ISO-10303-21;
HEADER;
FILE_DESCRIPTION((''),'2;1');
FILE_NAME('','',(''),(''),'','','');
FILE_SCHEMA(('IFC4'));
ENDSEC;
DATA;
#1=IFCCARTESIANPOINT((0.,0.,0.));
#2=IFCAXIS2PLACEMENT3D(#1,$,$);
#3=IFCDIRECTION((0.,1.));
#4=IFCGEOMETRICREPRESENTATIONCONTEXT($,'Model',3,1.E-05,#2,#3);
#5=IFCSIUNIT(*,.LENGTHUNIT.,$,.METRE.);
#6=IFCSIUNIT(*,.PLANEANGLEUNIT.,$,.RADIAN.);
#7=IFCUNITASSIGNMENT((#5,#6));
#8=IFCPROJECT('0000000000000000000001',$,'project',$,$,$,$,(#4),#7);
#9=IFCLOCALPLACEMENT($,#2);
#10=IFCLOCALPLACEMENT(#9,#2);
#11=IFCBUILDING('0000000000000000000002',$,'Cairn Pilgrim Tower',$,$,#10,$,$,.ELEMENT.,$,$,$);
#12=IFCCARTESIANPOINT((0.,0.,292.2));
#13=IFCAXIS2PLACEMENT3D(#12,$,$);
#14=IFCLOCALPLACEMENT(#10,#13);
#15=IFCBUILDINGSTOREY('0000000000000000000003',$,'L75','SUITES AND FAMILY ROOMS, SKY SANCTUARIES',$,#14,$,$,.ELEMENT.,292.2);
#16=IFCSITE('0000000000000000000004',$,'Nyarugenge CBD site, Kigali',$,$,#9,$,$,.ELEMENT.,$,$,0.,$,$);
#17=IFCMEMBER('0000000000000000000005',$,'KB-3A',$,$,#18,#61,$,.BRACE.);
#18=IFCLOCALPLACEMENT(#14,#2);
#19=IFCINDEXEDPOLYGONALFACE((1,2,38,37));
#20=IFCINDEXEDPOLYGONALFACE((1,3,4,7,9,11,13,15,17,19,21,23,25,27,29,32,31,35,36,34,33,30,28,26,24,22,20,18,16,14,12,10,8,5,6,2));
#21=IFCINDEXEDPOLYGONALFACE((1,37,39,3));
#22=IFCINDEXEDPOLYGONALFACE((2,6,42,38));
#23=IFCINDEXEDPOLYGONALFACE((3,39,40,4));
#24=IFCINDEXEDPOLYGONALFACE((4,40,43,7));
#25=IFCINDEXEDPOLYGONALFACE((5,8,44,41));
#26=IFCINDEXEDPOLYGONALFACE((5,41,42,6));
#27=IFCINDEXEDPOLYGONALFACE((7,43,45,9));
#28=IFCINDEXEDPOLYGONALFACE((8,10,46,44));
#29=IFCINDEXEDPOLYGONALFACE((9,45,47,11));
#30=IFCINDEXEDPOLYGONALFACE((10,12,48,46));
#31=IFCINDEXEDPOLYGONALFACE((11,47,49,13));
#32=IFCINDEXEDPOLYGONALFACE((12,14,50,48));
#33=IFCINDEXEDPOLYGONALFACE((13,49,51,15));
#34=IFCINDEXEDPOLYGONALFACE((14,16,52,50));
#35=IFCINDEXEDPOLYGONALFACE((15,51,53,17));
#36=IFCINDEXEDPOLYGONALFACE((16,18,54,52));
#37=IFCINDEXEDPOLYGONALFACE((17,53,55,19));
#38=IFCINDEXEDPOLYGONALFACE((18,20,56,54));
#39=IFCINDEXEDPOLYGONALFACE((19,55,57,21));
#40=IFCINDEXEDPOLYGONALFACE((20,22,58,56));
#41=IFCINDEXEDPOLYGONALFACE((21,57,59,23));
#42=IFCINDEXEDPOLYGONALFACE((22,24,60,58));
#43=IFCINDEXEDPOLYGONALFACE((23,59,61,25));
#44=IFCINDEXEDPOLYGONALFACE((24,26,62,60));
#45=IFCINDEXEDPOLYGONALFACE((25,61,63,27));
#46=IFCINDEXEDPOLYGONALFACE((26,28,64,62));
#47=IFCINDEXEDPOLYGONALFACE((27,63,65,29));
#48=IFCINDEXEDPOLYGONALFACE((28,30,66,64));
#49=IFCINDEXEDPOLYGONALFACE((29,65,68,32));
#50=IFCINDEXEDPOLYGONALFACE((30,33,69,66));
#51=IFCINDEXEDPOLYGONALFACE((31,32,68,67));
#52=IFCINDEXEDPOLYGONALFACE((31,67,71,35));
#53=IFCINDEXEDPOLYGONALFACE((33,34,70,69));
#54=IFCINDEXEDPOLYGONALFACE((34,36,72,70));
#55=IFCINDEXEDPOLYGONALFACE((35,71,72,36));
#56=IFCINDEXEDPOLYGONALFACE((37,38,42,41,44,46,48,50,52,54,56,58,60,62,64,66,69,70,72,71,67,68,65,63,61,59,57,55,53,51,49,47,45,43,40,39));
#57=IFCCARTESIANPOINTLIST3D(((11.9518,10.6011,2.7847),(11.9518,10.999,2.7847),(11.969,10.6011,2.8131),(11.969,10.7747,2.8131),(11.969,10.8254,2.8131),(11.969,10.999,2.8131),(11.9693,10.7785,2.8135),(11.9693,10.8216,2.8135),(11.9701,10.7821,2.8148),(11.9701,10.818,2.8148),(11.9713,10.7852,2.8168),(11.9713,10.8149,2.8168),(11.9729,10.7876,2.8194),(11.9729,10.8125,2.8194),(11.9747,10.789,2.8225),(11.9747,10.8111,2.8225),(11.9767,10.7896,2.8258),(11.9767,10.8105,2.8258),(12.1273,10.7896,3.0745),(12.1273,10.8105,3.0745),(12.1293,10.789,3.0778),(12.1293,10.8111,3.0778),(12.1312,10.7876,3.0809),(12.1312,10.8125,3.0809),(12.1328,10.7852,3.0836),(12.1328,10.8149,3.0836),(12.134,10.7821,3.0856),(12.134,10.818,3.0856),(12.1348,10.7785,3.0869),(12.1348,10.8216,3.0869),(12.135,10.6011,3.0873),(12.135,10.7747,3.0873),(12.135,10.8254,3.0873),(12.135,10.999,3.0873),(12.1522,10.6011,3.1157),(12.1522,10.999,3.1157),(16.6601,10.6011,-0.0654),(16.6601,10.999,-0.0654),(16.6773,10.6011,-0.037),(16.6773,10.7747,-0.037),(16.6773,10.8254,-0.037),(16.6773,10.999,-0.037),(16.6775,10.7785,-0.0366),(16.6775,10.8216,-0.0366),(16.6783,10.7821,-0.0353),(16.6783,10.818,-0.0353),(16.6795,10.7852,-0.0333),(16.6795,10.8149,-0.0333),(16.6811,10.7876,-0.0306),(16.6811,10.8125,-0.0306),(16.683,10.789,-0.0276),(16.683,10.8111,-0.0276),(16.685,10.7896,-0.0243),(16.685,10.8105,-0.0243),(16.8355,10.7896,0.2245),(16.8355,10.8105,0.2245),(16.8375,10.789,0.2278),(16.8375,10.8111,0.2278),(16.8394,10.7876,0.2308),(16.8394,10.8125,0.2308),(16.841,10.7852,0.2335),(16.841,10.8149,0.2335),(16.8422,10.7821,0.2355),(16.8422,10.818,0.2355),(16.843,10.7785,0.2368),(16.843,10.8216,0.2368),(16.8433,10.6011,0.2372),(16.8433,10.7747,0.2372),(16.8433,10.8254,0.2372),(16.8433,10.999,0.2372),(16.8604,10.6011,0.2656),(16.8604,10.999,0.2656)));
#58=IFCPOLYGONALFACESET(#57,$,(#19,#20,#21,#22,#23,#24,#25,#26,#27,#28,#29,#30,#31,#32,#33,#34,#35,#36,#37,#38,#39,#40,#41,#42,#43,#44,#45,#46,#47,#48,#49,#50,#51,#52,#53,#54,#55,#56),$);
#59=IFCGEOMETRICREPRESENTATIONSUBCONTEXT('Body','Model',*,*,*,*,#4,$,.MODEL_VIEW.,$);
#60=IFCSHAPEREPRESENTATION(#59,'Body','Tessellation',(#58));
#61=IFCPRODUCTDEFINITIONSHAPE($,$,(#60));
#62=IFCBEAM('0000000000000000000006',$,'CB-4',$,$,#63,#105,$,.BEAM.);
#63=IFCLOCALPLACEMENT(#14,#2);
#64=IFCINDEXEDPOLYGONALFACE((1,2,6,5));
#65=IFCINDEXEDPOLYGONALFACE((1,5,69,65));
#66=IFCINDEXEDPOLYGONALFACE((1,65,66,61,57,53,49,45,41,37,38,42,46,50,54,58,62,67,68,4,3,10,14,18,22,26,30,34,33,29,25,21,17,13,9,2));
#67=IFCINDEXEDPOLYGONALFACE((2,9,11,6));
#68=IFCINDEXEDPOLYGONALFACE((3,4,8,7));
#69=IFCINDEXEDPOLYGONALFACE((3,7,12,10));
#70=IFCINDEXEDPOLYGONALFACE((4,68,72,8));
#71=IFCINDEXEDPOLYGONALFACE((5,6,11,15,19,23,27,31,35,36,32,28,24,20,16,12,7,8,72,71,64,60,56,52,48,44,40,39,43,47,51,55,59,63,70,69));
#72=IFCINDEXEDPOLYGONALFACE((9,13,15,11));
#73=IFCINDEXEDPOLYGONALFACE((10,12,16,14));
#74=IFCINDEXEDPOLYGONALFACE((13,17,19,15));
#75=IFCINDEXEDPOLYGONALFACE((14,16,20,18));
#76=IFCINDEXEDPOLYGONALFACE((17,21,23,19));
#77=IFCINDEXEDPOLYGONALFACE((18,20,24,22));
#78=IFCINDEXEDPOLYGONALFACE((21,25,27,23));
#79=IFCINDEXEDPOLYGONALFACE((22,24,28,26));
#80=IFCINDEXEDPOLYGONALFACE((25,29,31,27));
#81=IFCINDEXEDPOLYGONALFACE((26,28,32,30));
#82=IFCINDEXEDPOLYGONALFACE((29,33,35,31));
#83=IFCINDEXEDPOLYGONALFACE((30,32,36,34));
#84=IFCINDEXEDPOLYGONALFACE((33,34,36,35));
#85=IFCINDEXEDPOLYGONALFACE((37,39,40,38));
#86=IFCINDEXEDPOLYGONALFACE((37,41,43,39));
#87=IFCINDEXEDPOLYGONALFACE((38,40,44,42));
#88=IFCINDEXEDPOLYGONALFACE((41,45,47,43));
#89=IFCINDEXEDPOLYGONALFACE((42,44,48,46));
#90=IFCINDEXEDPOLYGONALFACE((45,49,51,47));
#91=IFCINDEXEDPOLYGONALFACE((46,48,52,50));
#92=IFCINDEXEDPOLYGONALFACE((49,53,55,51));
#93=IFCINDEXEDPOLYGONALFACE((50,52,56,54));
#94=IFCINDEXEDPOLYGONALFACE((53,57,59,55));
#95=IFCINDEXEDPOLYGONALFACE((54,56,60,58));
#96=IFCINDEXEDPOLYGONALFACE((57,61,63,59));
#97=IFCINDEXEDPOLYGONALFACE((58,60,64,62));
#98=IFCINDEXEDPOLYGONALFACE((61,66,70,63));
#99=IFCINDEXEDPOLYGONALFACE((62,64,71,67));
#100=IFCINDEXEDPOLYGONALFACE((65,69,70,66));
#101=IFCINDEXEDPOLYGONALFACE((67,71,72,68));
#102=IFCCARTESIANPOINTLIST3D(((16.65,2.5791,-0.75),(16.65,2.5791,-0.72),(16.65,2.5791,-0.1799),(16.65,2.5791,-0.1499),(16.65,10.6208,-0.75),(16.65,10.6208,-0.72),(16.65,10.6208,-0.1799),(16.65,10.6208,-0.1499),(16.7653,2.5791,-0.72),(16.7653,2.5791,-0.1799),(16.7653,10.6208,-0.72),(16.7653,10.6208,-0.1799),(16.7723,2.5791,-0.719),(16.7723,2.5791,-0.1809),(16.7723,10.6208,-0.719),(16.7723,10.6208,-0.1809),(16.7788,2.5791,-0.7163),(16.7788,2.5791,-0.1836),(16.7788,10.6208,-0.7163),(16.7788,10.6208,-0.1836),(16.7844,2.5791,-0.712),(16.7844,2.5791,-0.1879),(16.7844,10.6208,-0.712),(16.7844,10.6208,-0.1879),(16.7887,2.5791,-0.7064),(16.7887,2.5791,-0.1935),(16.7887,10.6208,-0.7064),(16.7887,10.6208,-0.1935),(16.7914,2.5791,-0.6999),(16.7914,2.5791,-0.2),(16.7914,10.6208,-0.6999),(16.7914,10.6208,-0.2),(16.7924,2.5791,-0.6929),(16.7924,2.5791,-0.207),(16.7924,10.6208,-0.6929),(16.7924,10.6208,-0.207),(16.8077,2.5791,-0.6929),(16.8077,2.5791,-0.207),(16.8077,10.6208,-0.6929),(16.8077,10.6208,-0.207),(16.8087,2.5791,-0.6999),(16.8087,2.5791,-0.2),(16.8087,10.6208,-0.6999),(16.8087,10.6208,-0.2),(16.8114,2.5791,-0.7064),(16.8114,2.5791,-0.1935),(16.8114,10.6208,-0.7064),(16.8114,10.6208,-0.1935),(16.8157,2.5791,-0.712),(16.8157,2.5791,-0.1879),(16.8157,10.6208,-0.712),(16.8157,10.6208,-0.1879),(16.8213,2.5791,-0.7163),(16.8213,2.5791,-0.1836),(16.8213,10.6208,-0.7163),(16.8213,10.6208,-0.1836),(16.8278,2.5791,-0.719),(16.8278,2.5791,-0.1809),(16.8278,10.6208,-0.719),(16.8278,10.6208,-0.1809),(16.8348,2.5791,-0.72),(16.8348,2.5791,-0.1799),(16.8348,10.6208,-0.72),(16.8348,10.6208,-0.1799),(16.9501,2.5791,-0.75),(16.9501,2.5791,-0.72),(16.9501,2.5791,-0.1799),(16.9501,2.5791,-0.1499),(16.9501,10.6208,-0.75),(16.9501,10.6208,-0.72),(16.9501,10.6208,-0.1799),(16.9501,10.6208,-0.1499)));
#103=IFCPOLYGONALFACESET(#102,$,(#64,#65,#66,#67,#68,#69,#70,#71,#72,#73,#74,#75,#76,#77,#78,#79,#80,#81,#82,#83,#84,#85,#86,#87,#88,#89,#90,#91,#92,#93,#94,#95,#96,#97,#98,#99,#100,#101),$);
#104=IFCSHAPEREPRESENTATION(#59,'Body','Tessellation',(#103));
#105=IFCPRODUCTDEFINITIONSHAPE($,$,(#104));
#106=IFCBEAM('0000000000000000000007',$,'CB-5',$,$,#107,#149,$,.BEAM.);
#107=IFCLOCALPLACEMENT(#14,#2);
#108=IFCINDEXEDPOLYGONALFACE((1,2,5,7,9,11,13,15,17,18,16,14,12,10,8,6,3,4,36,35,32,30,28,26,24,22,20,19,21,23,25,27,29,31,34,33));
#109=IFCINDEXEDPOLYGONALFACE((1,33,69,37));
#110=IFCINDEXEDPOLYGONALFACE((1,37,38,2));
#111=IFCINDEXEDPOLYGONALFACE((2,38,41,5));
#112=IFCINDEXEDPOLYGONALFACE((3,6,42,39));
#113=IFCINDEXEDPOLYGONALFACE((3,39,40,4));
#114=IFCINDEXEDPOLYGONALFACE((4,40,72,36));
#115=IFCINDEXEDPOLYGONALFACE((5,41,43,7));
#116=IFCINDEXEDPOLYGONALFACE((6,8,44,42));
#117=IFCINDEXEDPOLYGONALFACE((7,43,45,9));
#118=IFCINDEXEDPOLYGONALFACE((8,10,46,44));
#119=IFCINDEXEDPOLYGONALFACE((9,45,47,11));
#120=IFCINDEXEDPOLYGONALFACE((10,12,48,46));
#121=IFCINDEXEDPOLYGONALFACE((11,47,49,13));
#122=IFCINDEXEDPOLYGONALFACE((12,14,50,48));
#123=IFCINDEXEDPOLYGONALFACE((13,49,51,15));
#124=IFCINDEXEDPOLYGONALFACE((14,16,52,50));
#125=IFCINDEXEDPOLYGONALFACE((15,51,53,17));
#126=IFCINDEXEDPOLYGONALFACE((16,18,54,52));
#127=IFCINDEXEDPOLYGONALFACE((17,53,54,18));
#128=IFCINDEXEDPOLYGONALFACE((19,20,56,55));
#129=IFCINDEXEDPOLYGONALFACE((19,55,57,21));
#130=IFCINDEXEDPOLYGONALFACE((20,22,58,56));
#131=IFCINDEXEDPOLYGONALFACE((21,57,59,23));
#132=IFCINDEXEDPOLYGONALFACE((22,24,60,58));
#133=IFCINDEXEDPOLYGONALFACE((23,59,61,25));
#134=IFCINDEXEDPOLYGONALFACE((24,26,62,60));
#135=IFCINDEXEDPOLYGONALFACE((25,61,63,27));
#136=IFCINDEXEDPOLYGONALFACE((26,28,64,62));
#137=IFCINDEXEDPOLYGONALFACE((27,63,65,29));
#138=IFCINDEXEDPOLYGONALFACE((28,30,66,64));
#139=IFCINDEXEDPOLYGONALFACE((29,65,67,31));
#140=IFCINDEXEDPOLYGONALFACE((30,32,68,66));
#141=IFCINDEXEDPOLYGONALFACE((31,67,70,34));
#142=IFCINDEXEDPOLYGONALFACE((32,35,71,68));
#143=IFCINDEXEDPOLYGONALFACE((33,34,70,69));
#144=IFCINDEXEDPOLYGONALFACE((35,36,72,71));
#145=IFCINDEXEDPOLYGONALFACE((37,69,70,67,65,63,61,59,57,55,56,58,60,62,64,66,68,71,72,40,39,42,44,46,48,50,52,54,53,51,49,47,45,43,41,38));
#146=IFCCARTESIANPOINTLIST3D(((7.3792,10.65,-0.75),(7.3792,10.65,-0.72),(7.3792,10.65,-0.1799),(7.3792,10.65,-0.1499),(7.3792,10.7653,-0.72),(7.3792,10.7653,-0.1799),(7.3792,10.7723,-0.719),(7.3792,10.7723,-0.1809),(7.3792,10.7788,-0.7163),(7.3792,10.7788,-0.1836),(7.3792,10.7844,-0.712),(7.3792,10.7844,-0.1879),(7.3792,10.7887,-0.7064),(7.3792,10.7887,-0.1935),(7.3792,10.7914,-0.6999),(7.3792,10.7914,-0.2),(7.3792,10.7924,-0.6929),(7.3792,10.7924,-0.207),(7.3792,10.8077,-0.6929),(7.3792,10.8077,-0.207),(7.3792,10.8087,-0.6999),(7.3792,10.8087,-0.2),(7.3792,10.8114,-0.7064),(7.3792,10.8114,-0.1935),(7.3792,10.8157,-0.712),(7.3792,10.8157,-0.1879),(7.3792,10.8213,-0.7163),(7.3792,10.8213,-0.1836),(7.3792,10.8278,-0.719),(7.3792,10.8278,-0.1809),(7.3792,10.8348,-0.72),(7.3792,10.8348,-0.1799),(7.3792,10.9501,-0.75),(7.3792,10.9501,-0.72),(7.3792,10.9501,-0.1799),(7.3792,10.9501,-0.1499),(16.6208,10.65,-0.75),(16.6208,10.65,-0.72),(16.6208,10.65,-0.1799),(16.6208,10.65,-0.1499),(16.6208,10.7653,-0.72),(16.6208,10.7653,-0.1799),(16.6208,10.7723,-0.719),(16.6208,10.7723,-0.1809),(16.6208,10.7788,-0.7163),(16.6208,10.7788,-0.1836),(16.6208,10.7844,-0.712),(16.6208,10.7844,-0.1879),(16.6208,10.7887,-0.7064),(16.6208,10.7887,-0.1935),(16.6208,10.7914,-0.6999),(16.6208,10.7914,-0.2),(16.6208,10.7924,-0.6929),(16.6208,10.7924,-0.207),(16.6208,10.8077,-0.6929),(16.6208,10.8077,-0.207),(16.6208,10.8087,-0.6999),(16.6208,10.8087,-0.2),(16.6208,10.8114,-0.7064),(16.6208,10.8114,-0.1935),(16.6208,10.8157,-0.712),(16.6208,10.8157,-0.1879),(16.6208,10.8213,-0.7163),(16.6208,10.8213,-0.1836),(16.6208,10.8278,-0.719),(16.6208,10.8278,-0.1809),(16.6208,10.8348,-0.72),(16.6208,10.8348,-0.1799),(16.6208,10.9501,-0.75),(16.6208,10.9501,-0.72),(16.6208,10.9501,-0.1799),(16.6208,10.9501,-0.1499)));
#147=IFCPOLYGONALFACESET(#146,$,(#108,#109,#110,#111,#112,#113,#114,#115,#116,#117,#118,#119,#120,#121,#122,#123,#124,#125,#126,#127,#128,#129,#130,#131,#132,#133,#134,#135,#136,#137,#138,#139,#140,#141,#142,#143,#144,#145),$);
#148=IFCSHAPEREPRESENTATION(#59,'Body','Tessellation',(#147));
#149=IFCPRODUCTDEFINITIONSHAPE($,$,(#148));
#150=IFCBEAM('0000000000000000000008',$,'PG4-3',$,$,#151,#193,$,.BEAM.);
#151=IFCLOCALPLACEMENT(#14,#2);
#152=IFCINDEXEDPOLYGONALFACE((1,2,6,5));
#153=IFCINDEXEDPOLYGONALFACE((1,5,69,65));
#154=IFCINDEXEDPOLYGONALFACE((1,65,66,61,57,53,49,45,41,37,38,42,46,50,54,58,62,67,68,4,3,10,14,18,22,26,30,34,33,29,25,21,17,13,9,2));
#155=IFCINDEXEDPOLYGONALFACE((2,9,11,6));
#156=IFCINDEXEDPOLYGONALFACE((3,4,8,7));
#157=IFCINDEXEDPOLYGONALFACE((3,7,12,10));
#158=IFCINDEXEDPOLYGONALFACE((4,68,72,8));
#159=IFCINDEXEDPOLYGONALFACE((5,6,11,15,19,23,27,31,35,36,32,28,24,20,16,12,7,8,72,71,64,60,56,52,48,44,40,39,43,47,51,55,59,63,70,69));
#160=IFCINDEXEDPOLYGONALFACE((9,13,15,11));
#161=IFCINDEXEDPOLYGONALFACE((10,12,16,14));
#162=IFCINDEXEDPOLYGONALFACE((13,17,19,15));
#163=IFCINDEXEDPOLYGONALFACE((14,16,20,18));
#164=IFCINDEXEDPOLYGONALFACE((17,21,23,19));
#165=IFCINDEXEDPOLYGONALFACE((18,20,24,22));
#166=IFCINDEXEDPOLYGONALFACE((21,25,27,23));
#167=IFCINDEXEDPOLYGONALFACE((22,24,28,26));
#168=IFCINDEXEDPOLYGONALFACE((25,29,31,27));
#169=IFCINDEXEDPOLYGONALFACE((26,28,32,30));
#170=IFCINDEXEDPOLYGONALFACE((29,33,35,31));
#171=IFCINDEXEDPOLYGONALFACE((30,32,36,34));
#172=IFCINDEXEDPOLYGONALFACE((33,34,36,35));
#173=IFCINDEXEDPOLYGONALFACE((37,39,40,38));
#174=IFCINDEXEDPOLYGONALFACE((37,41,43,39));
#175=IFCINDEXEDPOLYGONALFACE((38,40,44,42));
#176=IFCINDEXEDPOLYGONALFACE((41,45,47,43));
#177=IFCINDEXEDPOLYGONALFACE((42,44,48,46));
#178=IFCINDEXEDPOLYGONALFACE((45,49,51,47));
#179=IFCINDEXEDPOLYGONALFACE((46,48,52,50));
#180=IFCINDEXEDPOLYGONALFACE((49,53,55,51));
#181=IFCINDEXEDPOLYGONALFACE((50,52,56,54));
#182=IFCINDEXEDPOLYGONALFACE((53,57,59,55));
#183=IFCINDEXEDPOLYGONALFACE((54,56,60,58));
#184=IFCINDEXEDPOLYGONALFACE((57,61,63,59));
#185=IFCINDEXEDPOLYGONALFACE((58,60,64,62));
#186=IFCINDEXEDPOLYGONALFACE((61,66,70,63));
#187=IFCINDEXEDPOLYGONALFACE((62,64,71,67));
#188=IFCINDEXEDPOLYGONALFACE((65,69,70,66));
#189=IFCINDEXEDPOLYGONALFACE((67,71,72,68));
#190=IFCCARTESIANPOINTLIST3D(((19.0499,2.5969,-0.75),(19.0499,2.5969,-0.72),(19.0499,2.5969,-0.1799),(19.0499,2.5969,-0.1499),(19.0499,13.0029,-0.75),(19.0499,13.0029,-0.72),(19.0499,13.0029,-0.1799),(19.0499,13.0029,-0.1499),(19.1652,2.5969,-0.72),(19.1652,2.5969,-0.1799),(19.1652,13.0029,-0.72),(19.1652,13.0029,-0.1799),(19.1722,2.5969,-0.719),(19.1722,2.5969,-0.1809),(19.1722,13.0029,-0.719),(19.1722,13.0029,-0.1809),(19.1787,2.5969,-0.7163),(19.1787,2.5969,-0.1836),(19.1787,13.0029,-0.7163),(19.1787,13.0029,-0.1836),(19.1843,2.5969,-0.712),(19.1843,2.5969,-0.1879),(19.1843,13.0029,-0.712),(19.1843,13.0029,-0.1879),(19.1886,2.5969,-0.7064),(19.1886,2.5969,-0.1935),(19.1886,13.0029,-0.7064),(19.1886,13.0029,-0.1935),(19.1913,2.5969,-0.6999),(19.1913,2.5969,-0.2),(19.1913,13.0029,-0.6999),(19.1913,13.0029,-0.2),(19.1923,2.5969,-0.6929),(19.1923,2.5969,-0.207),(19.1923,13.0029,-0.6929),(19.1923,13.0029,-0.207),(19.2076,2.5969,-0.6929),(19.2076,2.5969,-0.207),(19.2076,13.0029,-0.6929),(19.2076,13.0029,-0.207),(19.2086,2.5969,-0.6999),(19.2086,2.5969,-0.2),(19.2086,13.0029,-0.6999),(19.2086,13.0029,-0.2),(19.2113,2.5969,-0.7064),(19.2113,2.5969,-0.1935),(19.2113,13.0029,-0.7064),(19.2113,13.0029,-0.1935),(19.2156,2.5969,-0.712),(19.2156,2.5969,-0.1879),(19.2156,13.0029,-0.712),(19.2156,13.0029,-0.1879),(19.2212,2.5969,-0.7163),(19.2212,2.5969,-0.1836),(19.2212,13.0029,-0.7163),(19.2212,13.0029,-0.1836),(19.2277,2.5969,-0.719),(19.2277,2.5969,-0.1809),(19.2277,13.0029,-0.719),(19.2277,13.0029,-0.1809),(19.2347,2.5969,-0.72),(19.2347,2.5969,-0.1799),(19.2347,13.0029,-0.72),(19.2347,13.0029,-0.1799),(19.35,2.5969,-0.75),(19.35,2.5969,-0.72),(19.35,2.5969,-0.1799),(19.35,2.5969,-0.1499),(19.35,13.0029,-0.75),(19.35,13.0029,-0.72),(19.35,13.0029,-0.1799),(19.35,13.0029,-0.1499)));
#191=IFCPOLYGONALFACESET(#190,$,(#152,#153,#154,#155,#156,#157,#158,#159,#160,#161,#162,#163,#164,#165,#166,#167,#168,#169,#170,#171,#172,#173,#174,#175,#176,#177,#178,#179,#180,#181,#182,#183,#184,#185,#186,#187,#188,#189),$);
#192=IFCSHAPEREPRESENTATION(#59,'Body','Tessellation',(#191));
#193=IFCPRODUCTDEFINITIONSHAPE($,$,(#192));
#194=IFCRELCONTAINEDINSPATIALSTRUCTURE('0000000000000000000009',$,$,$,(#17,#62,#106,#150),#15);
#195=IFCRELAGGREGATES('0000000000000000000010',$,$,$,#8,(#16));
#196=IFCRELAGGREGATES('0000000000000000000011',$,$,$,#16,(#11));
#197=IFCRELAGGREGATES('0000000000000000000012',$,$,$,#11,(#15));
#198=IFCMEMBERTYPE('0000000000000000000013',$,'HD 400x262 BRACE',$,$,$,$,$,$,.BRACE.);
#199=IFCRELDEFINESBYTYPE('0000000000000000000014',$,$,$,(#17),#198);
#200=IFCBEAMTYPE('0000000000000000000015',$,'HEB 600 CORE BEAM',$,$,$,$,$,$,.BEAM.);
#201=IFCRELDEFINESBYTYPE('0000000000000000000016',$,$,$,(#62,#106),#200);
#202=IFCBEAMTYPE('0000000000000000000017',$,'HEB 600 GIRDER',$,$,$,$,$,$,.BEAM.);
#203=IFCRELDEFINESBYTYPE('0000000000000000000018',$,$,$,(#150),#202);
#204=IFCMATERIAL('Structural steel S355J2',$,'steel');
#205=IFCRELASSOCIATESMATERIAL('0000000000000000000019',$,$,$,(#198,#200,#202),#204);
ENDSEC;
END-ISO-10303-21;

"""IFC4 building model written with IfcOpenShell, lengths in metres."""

from ifc_helpers import new_model, si_unit, direction, frame, origin, origin_2d, place, context, subcontext, project, spatial, i_section, extrude, material, material_profile, profile_set, type_object, element, save


model = new_model("IFC4")

# Units and contexts
model_context = context("Model", 3, precision=1e-05, world=origin(), true_north=direction((0.0, 1.0)))
body_context = subcontext(model_context, "Body", "Model", "MODEL_VIEW")
ifc_project = project(units=[si_unit("LENGTHUNIT", "METRE"), si_unit("PLANEANGLEUNIT", "RADIAN")], contexts=[model_context])

# Site, building, storey
site_placement = place(None, origin())
site = spatial("IfcSite", under=ifc_project, at=site_placement, Name="Nyarugenge CBD site, Kigali", CompositionType="ELEMENT", RefElevation=0.0)
building_placement = place(site_placement, origin())
building = spatial("IfcBuilding", under=site, at=building_placement, Name="Cairn Pilgrim Tower", CompositionType="ELEMENT")
storey_placement = place(building_placement, frame((0.0, 0.0, 292.2)))
storey = spatial("IfcBuildingStorey", under=building, at=storey_placement, Name="L75", Description="SUITES AND FAMILY ROOMS, SKY SANCTUARIES", CompositionType="ELEMENT", Elevation=292.2)

# Shared definitions
ifc_material_1 = material(Name="Structural steel S355J2", Category="steel")

# Member
ifc_material_profile_1 = material_profile(ifc_material_1, i_section(OverallWidth=0.3979, OverallDepth=0.387, WebThickness=0.021, FlangeThickness=0.0332, FilletRadius=0.0149, at=origin_2d()), Name="HD 400x262")
ifc_profile_set_1 = profile_set([ifc_material_profile_1], Name="Structural steel S355J2")
member_type = type_object("IfcMemberType", Name="HD 400x262 BRACE", PredefinedType="BRACE", material=ifc_profile_set_1)
member_1_placement = place(storey_placement, frame((16.7603, 10.8, 0.1001), z_axis=(-0.855471, 0.0, 0.517851), x_axis=(0.0, -1.0, 0.0)))
element("IfcMember", 1, at=member_1_placement, inside=storey, type_object=member_type, Name="KB-3A", PredefinedType="BRACE", context=body_context, shape_type="SweptSolid", body=[
    extrude(i_section(OverallWidth=0.3979, OverallDepth=0.387, WebThickness=0.021, FlangeThickness=0.0332, FilletRadius=0.0149, at=origin_2d()), origin(), (0.0, 0.0, 1.0), 5.5037),
])

# Beams
ifc_material_profile_2 = material_profile(ifc_material_1, i_section(OverallWidth=0.3, OverallDepth=0.6001, WebThickness=0.0154, FlangeThickness=0.03, FilletRadius=0.0271, at=origin_2d()), Name="HEB 600")
ifc_profile_set_2 = profile_set([ifc_material_profile_2], Name="Structural steel S355J2")
beam_type_1 = type_object("IfcBeamType", Name="HEB 600 CORE BEAM", PredefinedType="BEAM", material=ifc_profile_set_2)
beam_1_placement = place(storey_placement, frame((16.8, 2.5791, -0.45), z_axis=(0.0, 1.0, 0.0), x_axis=(-1.0, 0.0, 0.0)))
element("IfcBeam", 2, at=beam_1_placement, inside=storey, type_object=beam_type_1, Name="CB-4", PredefinedType="BEAM", context=body_context, shape_type="SweptSolid", body=[
    extrude(i_section(OverallWidth=0.3, OverallDepth=0.6001, WebThickness=0.0154, FlangeThickness=0.03, FilletRadius=0.0271, at=origin_2d()), origin(), (0.0, 0.0, 1.0), 8.0417),
])
beam_2_placement = place(storey_placement, frame((16.6208, 10.8, -0.45), z_axis=(-1.0, 0.0, 0.0), x_axis=(0.0, -1.0, 0.0)))
element("IfcBeam", 3, at=beam_2_placement, inside=storey, type_object=beam_type_1, Name="CB-5", PredefinedType="BEAM", context=body_context, shape_type="SweptSolid", body=[
    extrude(i_section(OverallWidth=0.3, OverallDepth=0.6001, WebThickness=0.0154, FlangeThickness=0.03, FilletRadius=0.0271, at=origin_2d()), origin(), (0.0, 0.0, 1.0), 9.2417),
])
ifc_material_profile_3 = material_profile(ifc_material_1, i_section(OverallWidth=0.3, OverallDepth=0.6001, WebThickness=0.0154, FlangeThickness=0.03, FilletRadius=0.0271, at=origin_2d()), Name="HEB 600")
ifc_profile_set_3 = profile_set([ifc_material_profile_3], Name="Structural steel S355J2")
beam_type_2 = type_object("IfcBeamType", Name="HEB 600 GIRDER", PredefinedType="BEAM", material=ifc_profile_set_3)
beam_3_placement = place(storey_placement, frame((19.2, 2.5969, -0.45), z_axis=(0.0, 1.0, 0.0), x_axis=(-1.0, 0.0, 0.0)))
element("IfcBeam", 4, at=beam_3_placement, inside=storey, type_object=beam_type_2, Name="PG4-3", PredefinedType="BEAM", context=body_context, shape_type="SweptSolid", body=[
    extrude(i_section(OverallWidth=0.3, OverallDepth=0.6001, WebThickness=0.0154, FlangeThickness=0.03, FilletRadius=0.0271, at=origin_2d()), origin(), (0.0, 0.0, 1.0), 10.406),
])

save(model, "model.ifc")
